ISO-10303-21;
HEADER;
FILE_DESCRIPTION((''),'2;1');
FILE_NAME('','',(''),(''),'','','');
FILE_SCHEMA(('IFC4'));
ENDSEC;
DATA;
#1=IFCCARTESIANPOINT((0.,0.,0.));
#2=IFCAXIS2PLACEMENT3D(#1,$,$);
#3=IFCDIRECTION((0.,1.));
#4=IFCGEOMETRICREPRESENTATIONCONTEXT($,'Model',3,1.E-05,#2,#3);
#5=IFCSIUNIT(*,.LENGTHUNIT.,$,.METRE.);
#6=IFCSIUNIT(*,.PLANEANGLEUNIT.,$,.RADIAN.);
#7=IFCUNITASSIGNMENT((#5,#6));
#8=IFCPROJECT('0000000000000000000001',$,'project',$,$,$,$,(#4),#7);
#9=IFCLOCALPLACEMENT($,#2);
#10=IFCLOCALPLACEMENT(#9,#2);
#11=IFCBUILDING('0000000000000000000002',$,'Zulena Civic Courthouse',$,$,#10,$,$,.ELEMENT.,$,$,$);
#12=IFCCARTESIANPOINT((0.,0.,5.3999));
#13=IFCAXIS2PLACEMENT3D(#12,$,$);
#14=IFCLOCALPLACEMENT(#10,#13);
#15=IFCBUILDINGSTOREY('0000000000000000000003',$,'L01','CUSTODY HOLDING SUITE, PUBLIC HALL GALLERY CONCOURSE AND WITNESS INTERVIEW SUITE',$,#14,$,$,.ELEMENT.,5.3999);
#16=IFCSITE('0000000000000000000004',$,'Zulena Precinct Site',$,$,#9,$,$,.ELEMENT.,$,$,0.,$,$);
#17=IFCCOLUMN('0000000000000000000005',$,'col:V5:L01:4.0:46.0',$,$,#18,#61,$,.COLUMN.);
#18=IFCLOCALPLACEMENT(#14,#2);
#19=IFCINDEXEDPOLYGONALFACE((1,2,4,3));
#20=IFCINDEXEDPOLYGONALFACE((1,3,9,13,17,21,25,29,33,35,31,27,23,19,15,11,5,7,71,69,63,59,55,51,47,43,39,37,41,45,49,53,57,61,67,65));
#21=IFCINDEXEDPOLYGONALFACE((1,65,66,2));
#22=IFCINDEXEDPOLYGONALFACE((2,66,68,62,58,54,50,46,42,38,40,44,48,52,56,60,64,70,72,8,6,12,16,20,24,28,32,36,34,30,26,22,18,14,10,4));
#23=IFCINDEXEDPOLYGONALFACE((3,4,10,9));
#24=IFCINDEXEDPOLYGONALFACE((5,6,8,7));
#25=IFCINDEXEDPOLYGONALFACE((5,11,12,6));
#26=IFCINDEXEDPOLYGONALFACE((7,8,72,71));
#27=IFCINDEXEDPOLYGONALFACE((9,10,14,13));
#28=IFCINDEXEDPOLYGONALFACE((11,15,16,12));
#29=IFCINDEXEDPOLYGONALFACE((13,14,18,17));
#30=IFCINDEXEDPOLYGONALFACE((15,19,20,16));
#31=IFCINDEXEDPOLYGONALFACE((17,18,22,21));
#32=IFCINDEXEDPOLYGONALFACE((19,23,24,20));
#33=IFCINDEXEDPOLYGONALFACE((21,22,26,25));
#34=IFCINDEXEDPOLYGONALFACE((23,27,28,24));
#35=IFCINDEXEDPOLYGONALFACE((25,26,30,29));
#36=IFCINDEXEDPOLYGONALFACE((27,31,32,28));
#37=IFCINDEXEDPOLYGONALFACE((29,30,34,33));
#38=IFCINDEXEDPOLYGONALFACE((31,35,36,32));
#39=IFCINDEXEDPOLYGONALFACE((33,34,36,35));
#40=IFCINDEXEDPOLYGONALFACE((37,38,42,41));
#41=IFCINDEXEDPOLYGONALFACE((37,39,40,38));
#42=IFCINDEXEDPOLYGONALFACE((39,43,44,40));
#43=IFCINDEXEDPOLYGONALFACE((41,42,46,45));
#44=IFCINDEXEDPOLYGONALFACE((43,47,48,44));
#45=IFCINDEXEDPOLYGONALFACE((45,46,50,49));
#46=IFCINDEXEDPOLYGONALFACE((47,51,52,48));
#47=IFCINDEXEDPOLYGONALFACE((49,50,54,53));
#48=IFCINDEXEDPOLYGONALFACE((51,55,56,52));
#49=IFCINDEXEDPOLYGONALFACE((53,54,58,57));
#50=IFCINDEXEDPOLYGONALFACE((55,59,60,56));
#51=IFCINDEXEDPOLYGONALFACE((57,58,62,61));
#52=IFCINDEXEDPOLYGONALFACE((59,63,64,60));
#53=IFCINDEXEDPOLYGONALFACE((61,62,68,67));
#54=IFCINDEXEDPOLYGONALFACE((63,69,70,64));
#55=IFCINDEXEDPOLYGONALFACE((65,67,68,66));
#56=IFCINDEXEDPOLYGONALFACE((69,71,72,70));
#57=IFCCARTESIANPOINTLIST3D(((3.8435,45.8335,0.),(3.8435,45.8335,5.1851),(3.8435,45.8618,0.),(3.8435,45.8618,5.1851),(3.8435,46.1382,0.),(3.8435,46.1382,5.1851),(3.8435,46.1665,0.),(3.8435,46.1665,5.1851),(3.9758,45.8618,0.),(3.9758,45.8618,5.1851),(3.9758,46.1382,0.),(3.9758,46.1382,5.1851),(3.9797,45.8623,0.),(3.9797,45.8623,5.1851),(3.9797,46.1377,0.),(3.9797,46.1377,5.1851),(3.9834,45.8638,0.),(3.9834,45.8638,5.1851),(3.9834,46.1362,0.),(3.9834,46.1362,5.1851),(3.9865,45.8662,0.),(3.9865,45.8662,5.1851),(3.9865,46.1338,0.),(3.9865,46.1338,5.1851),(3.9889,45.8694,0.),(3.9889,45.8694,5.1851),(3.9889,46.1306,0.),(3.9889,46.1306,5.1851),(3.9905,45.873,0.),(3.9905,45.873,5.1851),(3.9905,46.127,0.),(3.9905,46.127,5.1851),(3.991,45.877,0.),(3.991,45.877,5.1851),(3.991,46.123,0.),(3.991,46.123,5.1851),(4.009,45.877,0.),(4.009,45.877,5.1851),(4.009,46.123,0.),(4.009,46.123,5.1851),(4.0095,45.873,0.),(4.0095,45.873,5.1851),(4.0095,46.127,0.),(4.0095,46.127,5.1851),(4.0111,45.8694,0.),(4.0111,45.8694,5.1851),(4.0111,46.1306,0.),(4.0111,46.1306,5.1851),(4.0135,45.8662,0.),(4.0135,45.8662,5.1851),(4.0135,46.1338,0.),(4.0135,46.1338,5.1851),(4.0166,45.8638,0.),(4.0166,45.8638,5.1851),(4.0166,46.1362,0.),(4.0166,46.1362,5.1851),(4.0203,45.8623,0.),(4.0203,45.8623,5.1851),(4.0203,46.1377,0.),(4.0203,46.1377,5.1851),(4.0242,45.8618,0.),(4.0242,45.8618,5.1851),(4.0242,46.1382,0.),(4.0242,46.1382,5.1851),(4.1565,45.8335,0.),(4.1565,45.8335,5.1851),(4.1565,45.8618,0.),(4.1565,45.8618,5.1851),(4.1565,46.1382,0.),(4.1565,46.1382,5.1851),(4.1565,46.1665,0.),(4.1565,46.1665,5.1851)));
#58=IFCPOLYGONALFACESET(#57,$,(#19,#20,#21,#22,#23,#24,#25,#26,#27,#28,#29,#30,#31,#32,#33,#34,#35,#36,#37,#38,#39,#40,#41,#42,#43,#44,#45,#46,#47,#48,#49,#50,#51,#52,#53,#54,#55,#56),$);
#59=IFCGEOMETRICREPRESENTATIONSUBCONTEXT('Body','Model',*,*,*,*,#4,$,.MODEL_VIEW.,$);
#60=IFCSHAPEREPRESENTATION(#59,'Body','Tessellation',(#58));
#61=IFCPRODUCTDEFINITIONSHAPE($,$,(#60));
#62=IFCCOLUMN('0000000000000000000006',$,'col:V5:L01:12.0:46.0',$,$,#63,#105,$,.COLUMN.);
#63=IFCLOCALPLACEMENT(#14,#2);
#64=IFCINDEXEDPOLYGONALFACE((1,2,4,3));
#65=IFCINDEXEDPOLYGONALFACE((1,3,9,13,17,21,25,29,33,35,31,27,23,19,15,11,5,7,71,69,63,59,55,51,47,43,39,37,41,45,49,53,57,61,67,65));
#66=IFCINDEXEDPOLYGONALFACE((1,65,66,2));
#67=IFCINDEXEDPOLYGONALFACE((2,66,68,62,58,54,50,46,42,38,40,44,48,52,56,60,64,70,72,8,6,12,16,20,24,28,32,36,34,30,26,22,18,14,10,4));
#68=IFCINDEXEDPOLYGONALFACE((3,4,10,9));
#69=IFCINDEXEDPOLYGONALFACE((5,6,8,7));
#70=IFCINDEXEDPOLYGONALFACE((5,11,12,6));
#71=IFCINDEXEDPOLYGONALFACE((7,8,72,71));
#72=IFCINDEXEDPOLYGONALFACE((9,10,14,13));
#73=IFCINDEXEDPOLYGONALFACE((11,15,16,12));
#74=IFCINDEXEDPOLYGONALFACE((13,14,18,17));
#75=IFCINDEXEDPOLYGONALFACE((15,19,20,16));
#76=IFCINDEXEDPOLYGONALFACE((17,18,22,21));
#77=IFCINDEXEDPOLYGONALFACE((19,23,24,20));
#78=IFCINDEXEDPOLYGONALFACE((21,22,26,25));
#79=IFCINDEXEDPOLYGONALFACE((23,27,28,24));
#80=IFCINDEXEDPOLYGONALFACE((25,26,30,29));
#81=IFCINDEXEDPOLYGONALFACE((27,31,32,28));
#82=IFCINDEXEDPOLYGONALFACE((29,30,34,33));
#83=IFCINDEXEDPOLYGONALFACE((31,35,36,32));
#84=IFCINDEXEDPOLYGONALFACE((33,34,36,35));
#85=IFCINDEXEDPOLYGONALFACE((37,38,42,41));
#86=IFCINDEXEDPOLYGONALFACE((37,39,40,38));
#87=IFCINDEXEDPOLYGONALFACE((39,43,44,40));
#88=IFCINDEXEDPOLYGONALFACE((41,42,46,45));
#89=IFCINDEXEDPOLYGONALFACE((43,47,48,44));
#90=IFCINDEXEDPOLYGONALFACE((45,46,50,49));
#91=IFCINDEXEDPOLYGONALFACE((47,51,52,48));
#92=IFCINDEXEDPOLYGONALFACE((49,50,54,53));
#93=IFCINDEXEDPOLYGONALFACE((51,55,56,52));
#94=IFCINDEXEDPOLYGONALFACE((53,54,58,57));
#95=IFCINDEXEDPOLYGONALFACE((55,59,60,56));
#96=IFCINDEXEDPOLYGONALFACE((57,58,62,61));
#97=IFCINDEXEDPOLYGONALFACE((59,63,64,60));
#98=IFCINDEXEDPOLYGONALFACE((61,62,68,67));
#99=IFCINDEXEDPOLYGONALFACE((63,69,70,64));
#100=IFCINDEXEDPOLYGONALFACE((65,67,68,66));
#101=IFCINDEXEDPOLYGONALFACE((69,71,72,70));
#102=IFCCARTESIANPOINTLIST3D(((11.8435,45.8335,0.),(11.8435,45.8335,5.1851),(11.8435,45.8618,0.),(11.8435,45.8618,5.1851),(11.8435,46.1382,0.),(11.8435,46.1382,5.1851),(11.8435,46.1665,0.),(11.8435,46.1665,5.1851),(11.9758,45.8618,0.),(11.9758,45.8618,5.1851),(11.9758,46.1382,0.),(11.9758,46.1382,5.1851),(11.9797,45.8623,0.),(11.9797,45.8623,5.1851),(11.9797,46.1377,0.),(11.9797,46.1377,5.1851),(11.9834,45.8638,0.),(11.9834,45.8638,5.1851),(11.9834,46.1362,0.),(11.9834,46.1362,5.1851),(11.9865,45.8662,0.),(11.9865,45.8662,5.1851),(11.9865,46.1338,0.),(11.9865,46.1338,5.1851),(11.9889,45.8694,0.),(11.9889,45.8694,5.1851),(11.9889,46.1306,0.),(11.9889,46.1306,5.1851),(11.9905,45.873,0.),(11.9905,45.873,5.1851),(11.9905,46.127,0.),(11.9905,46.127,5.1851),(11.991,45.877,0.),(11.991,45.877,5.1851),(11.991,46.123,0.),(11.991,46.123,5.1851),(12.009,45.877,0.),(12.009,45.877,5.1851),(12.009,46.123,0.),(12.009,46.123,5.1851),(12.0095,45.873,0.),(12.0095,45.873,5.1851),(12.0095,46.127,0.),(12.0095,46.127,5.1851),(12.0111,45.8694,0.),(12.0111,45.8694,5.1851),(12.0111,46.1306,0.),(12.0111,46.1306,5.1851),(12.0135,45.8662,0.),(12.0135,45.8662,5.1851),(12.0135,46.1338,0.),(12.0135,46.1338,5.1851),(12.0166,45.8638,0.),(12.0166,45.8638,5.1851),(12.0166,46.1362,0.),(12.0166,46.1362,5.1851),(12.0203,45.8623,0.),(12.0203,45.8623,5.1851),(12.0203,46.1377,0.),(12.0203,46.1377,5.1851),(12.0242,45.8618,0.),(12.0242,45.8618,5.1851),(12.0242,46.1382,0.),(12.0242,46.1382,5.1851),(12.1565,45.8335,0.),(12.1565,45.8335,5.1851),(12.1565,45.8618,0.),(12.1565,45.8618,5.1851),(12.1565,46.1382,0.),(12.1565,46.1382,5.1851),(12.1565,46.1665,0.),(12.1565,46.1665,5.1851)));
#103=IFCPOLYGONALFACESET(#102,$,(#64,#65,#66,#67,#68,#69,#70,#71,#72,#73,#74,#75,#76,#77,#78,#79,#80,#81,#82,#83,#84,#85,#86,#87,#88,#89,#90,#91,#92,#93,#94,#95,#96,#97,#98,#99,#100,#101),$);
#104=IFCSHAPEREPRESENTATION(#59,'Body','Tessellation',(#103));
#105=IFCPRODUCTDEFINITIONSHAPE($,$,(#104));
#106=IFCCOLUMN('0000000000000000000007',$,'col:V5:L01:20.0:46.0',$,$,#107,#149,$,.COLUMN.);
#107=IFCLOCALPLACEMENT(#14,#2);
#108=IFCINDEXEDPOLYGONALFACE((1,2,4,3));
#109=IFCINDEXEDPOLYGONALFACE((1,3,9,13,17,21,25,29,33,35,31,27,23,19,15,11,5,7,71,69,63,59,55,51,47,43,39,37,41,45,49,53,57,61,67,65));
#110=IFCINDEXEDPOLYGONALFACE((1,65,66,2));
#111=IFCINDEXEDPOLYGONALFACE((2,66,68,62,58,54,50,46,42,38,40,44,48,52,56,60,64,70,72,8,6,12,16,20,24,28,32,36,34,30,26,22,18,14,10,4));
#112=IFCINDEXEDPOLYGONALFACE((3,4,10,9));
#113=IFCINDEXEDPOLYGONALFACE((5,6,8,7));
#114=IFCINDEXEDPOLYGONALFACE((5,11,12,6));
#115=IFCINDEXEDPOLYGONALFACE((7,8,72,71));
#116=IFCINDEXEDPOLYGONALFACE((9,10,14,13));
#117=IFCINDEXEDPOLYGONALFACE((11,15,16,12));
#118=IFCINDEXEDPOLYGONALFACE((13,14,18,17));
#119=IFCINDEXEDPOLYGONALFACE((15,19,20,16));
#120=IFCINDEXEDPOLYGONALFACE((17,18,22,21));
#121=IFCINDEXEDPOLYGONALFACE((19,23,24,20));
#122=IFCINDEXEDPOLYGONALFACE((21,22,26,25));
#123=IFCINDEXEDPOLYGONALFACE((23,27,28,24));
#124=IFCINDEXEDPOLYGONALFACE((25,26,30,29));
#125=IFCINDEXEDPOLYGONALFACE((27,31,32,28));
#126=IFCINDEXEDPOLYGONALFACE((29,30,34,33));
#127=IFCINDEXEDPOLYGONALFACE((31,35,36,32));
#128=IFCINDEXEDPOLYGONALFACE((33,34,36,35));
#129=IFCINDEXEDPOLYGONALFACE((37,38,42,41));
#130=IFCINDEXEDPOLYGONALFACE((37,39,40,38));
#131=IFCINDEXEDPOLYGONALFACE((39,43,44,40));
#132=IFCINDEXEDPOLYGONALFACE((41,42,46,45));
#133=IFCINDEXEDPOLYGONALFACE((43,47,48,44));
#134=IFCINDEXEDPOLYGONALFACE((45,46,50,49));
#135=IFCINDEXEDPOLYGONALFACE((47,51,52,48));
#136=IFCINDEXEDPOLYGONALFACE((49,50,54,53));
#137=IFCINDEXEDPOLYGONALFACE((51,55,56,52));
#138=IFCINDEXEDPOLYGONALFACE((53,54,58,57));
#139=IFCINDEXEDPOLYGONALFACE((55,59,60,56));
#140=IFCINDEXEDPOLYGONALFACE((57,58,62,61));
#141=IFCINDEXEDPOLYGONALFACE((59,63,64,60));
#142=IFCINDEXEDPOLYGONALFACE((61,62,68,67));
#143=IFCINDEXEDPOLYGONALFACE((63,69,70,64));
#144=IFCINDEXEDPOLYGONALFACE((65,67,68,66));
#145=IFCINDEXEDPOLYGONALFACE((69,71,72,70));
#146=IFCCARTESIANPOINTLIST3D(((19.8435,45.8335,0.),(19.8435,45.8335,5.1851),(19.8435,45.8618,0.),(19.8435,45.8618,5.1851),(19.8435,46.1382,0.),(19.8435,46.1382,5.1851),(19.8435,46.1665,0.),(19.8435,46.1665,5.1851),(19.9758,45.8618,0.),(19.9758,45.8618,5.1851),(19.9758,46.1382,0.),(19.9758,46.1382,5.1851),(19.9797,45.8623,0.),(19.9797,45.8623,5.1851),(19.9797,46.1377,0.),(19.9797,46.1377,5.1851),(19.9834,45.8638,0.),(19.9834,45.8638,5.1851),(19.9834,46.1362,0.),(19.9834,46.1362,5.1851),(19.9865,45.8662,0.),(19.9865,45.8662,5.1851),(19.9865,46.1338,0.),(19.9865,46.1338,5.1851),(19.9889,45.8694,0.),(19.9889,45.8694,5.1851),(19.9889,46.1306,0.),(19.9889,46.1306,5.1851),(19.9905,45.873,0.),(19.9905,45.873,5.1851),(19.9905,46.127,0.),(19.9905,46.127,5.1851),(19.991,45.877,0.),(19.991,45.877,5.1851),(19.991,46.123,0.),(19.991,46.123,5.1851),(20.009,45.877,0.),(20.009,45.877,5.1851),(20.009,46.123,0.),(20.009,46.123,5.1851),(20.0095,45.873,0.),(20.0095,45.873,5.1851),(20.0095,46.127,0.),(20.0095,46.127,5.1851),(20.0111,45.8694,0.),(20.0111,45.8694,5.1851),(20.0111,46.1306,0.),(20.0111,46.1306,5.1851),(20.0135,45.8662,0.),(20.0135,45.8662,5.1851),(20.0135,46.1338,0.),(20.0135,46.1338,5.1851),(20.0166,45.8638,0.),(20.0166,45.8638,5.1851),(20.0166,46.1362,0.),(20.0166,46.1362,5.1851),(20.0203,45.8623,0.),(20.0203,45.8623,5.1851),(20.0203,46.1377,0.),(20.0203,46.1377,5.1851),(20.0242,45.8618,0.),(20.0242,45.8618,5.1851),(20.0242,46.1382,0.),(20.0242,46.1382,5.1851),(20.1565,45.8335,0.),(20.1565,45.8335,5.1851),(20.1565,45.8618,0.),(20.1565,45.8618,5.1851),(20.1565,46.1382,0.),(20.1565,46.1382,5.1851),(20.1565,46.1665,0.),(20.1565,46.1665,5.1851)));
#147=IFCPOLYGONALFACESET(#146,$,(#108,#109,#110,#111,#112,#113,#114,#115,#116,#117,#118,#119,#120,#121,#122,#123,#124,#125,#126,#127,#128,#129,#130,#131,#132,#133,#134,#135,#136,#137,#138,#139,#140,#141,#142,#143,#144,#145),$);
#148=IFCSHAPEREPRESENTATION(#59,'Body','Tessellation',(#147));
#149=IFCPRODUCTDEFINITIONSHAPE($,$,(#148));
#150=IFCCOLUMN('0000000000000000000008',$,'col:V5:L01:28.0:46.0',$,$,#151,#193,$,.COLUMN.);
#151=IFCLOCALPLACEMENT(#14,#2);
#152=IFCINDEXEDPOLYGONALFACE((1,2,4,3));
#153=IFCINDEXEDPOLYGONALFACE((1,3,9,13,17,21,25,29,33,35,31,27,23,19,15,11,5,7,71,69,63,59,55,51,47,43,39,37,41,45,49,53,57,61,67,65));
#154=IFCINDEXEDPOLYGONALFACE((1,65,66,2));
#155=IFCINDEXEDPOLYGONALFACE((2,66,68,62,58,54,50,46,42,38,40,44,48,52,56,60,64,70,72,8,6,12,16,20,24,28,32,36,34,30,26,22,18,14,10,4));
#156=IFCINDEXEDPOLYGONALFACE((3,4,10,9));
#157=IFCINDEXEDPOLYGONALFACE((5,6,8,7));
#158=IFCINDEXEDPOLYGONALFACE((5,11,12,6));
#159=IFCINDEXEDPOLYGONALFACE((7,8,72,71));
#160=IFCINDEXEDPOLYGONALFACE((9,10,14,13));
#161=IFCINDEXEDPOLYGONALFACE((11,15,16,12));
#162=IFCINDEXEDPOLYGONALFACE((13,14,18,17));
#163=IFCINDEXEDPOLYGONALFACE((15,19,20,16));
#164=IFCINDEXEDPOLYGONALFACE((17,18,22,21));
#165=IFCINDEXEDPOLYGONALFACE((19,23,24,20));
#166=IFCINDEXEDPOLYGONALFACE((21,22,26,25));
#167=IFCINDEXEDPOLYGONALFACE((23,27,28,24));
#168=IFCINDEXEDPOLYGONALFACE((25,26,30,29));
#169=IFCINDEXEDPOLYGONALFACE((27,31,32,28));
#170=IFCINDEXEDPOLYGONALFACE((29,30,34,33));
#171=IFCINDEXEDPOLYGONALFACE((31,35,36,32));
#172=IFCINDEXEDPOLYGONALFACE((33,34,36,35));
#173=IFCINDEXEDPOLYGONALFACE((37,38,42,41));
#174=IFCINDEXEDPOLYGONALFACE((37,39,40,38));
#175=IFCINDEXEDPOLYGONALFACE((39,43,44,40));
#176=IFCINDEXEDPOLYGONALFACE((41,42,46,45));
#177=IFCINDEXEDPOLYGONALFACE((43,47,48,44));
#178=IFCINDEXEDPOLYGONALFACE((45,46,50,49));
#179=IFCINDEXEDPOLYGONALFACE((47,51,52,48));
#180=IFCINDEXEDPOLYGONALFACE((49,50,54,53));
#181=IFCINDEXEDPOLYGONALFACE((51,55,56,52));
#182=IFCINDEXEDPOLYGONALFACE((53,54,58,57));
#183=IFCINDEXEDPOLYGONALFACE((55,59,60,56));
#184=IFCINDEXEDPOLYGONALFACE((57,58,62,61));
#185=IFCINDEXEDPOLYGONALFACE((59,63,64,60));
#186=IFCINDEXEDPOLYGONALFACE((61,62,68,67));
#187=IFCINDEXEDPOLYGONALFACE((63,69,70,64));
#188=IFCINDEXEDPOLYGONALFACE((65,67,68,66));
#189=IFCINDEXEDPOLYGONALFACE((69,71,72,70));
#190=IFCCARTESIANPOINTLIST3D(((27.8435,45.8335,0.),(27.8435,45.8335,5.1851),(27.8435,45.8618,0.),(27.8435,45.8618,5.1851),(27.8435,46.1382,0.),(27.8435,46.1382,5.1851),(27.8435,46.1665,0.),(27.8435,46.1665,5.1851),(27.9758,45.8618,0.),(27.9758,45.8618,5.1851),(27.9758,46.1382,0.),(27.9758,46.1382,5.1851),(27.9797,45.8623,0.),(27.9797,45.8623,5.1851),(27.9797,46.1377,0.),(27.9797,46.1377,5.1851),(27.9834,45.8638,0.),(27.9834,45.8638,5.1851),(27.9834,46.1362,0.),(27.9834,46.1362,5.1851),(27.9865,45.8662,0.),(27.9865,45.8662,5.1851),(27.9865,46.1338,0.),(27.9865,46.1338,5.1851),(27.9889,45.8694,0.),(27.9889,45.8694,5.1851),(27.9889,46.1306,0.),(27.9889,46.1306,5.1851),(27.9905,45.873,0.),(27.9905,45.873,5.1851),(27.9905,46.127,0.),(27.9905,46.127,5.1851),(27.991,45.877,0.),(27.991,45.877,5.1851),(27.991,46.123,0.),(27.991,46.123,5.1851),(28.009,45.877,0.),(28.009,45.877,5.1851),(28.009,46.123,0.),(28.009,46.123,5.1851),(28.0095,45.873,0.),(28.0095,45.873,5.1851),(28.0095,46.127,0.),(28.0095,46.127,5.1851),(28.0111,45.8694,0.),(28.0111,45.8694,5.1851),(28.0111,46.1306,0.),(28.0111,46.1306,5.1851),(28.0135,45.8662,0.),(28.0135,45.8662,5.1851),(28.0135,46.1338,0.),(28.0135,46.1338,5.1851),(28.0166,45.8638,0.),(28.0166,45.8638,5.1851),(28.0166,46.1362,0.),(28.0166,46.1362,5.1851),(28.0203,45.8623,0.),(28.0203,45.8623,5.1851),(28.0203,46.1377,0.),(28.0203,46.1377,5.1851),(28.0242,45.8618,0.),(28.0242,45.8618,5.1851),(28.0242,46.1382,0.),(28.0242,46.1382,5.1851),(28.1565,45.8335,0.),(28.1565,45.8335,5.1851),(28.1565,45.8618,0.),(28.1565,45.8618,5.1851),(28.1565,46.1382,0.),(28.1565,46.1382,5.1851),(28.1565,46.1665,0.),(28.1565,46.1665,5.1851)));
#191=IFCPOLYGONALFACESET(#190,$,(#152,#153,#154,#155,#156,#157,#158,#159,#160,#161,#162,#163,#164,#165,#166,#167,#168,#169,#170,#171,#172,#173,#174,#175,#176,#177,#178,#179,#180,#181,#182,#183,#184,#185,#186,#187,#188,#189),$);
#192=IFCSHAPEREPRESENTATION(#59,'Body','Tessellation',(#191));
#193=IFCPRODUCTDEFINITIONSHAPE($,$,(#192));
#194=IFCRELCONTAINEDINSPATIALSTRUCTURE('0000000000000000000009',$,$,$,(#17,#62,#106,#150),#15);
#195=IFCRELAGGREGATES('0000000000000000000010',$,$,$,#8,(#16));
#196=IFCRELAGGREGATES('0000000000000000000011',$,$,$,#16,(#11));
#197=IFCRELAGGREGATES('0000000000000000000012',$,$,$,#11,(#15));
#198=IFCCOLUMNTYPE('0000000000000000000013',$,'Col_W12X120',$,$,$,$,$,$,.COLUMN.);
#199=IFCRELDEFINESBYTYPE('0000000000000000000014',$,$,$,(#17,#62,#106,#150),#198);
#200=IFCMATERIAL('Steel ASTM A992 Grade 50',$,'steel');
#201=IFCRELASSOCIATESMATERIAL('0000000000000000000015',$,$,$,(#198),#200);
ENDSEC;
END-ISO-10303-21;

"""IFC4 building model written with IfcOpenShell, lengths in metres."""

from ifc_helpers import new_model, si_unit, direction, frame, origin, origin_2d, place, context, subcontext, project, spatial, i_section, extrude, material, material_profile, profile_set, type_object, element, save


model = new_model("IFC4")

# Units and contexts
model_context = context("Model", 3, precision=1e-05, world=origin(), true_north=direction((0.0, 1.0)))
body_context = subcontext(model_context, "Body", "Model", "MODEL_VIEW")
ifc_project = project(units=[si_unit("LENGTHUNIT", "METRE"), si_unit("PLANEANGLEUNIT", "RADIAN")], contexts=[model_context])

# Site, building, storey
site_placement = place(None, origin())
site = spatial("IfcSite", under=ifc_project, at=site_placement, Name="Zulena Precinct Site", CompositionType="ELEMENT", RefElevation=0.0)
building_placement = place(site_placement, origin())
building = spatial("IfcBuilding", under=site, at=building_placement, Name="Zulena Civic Courthouse", CompositionType="ELEMENT")
storey_placement = place(building_placement, frame((0.0, 0.0, 5.3999)))
storey = spatial("IfcBuildingStorey", under=building, at=storey_placement, Name="L01", Description="CUSTODY HOLDING SUITE, PUBLIC HALL GALLERY CONCOURSE AND WITNESS INTERVIEW SUITE", CompositionType="ELEMENT", Elevation=5.3999)

# Columns
ifc_material_1 = material(Name="Steel ASTM A992 Grade 50", Category="steel")
ifc_material_profile_1 = material_profile(ifc_material_1, i_section(OverallWidth=0.313, OverallDepth=0.333, WebThickness=0.0181, FlangeThickness=0.0283, FilletRadius=0.0151, at=origin_2d()), Name="W12X120")
ifc_profile_set_1 = profile_set([ifc_material_profile_1], Name="Steel ASTM A992 Grade 50")
column_type_1 = type_object("IfcColumnType", Name="Col_W12X120", PredefinedType="COLUMN", material=ifc_profile_set_1)
for number, where, z_axis, x_axis, name in (
    (1, (4.0, 46.0, 0.0), (0.0, 0.0, 1.0), (1.0, 0.0, 0.0), "col:V5:L01:4.0:46.0"),
    (2, (12.0, 46.0, 0.0), (0.0, 0.0, 1.0), (1.0, 0.0, 0.0), "col:V5:L01:12.0:46.0"),
    (3, (20.0, 46.0, 0.0), (0.0, 0.0, 1.0), (1.0, 0.0, 0.0), "col:V5:L01:20.0:46.0"),
    (4, (28.0, 46.0, 0.0), (0.0, 0.0, 1.0), (1.0, 0.0, 0.0), "col:V5:L01:28.0:46.0"),
):
    element("IfcColumn", number, at=place(storey_placement, frame(where, z_axis=z_axis, x_axis=x_axis)), inside=storey, type_object=column_type_1, Name=name, PredefinedType="COLUMN", context=body_context, shape_type="SweptSolid", body=[
        extrude(i_section(OverallWidth=0.313, OverallDepth=0.333, WebThickness=0.0181, FlangeThickness=0.0283, FilletRadius=0.0151, at=origin_2d()), origin(), (0.0, 0.0, 1.0), 5.1851),
    ])

save(model, "model.ifc")
